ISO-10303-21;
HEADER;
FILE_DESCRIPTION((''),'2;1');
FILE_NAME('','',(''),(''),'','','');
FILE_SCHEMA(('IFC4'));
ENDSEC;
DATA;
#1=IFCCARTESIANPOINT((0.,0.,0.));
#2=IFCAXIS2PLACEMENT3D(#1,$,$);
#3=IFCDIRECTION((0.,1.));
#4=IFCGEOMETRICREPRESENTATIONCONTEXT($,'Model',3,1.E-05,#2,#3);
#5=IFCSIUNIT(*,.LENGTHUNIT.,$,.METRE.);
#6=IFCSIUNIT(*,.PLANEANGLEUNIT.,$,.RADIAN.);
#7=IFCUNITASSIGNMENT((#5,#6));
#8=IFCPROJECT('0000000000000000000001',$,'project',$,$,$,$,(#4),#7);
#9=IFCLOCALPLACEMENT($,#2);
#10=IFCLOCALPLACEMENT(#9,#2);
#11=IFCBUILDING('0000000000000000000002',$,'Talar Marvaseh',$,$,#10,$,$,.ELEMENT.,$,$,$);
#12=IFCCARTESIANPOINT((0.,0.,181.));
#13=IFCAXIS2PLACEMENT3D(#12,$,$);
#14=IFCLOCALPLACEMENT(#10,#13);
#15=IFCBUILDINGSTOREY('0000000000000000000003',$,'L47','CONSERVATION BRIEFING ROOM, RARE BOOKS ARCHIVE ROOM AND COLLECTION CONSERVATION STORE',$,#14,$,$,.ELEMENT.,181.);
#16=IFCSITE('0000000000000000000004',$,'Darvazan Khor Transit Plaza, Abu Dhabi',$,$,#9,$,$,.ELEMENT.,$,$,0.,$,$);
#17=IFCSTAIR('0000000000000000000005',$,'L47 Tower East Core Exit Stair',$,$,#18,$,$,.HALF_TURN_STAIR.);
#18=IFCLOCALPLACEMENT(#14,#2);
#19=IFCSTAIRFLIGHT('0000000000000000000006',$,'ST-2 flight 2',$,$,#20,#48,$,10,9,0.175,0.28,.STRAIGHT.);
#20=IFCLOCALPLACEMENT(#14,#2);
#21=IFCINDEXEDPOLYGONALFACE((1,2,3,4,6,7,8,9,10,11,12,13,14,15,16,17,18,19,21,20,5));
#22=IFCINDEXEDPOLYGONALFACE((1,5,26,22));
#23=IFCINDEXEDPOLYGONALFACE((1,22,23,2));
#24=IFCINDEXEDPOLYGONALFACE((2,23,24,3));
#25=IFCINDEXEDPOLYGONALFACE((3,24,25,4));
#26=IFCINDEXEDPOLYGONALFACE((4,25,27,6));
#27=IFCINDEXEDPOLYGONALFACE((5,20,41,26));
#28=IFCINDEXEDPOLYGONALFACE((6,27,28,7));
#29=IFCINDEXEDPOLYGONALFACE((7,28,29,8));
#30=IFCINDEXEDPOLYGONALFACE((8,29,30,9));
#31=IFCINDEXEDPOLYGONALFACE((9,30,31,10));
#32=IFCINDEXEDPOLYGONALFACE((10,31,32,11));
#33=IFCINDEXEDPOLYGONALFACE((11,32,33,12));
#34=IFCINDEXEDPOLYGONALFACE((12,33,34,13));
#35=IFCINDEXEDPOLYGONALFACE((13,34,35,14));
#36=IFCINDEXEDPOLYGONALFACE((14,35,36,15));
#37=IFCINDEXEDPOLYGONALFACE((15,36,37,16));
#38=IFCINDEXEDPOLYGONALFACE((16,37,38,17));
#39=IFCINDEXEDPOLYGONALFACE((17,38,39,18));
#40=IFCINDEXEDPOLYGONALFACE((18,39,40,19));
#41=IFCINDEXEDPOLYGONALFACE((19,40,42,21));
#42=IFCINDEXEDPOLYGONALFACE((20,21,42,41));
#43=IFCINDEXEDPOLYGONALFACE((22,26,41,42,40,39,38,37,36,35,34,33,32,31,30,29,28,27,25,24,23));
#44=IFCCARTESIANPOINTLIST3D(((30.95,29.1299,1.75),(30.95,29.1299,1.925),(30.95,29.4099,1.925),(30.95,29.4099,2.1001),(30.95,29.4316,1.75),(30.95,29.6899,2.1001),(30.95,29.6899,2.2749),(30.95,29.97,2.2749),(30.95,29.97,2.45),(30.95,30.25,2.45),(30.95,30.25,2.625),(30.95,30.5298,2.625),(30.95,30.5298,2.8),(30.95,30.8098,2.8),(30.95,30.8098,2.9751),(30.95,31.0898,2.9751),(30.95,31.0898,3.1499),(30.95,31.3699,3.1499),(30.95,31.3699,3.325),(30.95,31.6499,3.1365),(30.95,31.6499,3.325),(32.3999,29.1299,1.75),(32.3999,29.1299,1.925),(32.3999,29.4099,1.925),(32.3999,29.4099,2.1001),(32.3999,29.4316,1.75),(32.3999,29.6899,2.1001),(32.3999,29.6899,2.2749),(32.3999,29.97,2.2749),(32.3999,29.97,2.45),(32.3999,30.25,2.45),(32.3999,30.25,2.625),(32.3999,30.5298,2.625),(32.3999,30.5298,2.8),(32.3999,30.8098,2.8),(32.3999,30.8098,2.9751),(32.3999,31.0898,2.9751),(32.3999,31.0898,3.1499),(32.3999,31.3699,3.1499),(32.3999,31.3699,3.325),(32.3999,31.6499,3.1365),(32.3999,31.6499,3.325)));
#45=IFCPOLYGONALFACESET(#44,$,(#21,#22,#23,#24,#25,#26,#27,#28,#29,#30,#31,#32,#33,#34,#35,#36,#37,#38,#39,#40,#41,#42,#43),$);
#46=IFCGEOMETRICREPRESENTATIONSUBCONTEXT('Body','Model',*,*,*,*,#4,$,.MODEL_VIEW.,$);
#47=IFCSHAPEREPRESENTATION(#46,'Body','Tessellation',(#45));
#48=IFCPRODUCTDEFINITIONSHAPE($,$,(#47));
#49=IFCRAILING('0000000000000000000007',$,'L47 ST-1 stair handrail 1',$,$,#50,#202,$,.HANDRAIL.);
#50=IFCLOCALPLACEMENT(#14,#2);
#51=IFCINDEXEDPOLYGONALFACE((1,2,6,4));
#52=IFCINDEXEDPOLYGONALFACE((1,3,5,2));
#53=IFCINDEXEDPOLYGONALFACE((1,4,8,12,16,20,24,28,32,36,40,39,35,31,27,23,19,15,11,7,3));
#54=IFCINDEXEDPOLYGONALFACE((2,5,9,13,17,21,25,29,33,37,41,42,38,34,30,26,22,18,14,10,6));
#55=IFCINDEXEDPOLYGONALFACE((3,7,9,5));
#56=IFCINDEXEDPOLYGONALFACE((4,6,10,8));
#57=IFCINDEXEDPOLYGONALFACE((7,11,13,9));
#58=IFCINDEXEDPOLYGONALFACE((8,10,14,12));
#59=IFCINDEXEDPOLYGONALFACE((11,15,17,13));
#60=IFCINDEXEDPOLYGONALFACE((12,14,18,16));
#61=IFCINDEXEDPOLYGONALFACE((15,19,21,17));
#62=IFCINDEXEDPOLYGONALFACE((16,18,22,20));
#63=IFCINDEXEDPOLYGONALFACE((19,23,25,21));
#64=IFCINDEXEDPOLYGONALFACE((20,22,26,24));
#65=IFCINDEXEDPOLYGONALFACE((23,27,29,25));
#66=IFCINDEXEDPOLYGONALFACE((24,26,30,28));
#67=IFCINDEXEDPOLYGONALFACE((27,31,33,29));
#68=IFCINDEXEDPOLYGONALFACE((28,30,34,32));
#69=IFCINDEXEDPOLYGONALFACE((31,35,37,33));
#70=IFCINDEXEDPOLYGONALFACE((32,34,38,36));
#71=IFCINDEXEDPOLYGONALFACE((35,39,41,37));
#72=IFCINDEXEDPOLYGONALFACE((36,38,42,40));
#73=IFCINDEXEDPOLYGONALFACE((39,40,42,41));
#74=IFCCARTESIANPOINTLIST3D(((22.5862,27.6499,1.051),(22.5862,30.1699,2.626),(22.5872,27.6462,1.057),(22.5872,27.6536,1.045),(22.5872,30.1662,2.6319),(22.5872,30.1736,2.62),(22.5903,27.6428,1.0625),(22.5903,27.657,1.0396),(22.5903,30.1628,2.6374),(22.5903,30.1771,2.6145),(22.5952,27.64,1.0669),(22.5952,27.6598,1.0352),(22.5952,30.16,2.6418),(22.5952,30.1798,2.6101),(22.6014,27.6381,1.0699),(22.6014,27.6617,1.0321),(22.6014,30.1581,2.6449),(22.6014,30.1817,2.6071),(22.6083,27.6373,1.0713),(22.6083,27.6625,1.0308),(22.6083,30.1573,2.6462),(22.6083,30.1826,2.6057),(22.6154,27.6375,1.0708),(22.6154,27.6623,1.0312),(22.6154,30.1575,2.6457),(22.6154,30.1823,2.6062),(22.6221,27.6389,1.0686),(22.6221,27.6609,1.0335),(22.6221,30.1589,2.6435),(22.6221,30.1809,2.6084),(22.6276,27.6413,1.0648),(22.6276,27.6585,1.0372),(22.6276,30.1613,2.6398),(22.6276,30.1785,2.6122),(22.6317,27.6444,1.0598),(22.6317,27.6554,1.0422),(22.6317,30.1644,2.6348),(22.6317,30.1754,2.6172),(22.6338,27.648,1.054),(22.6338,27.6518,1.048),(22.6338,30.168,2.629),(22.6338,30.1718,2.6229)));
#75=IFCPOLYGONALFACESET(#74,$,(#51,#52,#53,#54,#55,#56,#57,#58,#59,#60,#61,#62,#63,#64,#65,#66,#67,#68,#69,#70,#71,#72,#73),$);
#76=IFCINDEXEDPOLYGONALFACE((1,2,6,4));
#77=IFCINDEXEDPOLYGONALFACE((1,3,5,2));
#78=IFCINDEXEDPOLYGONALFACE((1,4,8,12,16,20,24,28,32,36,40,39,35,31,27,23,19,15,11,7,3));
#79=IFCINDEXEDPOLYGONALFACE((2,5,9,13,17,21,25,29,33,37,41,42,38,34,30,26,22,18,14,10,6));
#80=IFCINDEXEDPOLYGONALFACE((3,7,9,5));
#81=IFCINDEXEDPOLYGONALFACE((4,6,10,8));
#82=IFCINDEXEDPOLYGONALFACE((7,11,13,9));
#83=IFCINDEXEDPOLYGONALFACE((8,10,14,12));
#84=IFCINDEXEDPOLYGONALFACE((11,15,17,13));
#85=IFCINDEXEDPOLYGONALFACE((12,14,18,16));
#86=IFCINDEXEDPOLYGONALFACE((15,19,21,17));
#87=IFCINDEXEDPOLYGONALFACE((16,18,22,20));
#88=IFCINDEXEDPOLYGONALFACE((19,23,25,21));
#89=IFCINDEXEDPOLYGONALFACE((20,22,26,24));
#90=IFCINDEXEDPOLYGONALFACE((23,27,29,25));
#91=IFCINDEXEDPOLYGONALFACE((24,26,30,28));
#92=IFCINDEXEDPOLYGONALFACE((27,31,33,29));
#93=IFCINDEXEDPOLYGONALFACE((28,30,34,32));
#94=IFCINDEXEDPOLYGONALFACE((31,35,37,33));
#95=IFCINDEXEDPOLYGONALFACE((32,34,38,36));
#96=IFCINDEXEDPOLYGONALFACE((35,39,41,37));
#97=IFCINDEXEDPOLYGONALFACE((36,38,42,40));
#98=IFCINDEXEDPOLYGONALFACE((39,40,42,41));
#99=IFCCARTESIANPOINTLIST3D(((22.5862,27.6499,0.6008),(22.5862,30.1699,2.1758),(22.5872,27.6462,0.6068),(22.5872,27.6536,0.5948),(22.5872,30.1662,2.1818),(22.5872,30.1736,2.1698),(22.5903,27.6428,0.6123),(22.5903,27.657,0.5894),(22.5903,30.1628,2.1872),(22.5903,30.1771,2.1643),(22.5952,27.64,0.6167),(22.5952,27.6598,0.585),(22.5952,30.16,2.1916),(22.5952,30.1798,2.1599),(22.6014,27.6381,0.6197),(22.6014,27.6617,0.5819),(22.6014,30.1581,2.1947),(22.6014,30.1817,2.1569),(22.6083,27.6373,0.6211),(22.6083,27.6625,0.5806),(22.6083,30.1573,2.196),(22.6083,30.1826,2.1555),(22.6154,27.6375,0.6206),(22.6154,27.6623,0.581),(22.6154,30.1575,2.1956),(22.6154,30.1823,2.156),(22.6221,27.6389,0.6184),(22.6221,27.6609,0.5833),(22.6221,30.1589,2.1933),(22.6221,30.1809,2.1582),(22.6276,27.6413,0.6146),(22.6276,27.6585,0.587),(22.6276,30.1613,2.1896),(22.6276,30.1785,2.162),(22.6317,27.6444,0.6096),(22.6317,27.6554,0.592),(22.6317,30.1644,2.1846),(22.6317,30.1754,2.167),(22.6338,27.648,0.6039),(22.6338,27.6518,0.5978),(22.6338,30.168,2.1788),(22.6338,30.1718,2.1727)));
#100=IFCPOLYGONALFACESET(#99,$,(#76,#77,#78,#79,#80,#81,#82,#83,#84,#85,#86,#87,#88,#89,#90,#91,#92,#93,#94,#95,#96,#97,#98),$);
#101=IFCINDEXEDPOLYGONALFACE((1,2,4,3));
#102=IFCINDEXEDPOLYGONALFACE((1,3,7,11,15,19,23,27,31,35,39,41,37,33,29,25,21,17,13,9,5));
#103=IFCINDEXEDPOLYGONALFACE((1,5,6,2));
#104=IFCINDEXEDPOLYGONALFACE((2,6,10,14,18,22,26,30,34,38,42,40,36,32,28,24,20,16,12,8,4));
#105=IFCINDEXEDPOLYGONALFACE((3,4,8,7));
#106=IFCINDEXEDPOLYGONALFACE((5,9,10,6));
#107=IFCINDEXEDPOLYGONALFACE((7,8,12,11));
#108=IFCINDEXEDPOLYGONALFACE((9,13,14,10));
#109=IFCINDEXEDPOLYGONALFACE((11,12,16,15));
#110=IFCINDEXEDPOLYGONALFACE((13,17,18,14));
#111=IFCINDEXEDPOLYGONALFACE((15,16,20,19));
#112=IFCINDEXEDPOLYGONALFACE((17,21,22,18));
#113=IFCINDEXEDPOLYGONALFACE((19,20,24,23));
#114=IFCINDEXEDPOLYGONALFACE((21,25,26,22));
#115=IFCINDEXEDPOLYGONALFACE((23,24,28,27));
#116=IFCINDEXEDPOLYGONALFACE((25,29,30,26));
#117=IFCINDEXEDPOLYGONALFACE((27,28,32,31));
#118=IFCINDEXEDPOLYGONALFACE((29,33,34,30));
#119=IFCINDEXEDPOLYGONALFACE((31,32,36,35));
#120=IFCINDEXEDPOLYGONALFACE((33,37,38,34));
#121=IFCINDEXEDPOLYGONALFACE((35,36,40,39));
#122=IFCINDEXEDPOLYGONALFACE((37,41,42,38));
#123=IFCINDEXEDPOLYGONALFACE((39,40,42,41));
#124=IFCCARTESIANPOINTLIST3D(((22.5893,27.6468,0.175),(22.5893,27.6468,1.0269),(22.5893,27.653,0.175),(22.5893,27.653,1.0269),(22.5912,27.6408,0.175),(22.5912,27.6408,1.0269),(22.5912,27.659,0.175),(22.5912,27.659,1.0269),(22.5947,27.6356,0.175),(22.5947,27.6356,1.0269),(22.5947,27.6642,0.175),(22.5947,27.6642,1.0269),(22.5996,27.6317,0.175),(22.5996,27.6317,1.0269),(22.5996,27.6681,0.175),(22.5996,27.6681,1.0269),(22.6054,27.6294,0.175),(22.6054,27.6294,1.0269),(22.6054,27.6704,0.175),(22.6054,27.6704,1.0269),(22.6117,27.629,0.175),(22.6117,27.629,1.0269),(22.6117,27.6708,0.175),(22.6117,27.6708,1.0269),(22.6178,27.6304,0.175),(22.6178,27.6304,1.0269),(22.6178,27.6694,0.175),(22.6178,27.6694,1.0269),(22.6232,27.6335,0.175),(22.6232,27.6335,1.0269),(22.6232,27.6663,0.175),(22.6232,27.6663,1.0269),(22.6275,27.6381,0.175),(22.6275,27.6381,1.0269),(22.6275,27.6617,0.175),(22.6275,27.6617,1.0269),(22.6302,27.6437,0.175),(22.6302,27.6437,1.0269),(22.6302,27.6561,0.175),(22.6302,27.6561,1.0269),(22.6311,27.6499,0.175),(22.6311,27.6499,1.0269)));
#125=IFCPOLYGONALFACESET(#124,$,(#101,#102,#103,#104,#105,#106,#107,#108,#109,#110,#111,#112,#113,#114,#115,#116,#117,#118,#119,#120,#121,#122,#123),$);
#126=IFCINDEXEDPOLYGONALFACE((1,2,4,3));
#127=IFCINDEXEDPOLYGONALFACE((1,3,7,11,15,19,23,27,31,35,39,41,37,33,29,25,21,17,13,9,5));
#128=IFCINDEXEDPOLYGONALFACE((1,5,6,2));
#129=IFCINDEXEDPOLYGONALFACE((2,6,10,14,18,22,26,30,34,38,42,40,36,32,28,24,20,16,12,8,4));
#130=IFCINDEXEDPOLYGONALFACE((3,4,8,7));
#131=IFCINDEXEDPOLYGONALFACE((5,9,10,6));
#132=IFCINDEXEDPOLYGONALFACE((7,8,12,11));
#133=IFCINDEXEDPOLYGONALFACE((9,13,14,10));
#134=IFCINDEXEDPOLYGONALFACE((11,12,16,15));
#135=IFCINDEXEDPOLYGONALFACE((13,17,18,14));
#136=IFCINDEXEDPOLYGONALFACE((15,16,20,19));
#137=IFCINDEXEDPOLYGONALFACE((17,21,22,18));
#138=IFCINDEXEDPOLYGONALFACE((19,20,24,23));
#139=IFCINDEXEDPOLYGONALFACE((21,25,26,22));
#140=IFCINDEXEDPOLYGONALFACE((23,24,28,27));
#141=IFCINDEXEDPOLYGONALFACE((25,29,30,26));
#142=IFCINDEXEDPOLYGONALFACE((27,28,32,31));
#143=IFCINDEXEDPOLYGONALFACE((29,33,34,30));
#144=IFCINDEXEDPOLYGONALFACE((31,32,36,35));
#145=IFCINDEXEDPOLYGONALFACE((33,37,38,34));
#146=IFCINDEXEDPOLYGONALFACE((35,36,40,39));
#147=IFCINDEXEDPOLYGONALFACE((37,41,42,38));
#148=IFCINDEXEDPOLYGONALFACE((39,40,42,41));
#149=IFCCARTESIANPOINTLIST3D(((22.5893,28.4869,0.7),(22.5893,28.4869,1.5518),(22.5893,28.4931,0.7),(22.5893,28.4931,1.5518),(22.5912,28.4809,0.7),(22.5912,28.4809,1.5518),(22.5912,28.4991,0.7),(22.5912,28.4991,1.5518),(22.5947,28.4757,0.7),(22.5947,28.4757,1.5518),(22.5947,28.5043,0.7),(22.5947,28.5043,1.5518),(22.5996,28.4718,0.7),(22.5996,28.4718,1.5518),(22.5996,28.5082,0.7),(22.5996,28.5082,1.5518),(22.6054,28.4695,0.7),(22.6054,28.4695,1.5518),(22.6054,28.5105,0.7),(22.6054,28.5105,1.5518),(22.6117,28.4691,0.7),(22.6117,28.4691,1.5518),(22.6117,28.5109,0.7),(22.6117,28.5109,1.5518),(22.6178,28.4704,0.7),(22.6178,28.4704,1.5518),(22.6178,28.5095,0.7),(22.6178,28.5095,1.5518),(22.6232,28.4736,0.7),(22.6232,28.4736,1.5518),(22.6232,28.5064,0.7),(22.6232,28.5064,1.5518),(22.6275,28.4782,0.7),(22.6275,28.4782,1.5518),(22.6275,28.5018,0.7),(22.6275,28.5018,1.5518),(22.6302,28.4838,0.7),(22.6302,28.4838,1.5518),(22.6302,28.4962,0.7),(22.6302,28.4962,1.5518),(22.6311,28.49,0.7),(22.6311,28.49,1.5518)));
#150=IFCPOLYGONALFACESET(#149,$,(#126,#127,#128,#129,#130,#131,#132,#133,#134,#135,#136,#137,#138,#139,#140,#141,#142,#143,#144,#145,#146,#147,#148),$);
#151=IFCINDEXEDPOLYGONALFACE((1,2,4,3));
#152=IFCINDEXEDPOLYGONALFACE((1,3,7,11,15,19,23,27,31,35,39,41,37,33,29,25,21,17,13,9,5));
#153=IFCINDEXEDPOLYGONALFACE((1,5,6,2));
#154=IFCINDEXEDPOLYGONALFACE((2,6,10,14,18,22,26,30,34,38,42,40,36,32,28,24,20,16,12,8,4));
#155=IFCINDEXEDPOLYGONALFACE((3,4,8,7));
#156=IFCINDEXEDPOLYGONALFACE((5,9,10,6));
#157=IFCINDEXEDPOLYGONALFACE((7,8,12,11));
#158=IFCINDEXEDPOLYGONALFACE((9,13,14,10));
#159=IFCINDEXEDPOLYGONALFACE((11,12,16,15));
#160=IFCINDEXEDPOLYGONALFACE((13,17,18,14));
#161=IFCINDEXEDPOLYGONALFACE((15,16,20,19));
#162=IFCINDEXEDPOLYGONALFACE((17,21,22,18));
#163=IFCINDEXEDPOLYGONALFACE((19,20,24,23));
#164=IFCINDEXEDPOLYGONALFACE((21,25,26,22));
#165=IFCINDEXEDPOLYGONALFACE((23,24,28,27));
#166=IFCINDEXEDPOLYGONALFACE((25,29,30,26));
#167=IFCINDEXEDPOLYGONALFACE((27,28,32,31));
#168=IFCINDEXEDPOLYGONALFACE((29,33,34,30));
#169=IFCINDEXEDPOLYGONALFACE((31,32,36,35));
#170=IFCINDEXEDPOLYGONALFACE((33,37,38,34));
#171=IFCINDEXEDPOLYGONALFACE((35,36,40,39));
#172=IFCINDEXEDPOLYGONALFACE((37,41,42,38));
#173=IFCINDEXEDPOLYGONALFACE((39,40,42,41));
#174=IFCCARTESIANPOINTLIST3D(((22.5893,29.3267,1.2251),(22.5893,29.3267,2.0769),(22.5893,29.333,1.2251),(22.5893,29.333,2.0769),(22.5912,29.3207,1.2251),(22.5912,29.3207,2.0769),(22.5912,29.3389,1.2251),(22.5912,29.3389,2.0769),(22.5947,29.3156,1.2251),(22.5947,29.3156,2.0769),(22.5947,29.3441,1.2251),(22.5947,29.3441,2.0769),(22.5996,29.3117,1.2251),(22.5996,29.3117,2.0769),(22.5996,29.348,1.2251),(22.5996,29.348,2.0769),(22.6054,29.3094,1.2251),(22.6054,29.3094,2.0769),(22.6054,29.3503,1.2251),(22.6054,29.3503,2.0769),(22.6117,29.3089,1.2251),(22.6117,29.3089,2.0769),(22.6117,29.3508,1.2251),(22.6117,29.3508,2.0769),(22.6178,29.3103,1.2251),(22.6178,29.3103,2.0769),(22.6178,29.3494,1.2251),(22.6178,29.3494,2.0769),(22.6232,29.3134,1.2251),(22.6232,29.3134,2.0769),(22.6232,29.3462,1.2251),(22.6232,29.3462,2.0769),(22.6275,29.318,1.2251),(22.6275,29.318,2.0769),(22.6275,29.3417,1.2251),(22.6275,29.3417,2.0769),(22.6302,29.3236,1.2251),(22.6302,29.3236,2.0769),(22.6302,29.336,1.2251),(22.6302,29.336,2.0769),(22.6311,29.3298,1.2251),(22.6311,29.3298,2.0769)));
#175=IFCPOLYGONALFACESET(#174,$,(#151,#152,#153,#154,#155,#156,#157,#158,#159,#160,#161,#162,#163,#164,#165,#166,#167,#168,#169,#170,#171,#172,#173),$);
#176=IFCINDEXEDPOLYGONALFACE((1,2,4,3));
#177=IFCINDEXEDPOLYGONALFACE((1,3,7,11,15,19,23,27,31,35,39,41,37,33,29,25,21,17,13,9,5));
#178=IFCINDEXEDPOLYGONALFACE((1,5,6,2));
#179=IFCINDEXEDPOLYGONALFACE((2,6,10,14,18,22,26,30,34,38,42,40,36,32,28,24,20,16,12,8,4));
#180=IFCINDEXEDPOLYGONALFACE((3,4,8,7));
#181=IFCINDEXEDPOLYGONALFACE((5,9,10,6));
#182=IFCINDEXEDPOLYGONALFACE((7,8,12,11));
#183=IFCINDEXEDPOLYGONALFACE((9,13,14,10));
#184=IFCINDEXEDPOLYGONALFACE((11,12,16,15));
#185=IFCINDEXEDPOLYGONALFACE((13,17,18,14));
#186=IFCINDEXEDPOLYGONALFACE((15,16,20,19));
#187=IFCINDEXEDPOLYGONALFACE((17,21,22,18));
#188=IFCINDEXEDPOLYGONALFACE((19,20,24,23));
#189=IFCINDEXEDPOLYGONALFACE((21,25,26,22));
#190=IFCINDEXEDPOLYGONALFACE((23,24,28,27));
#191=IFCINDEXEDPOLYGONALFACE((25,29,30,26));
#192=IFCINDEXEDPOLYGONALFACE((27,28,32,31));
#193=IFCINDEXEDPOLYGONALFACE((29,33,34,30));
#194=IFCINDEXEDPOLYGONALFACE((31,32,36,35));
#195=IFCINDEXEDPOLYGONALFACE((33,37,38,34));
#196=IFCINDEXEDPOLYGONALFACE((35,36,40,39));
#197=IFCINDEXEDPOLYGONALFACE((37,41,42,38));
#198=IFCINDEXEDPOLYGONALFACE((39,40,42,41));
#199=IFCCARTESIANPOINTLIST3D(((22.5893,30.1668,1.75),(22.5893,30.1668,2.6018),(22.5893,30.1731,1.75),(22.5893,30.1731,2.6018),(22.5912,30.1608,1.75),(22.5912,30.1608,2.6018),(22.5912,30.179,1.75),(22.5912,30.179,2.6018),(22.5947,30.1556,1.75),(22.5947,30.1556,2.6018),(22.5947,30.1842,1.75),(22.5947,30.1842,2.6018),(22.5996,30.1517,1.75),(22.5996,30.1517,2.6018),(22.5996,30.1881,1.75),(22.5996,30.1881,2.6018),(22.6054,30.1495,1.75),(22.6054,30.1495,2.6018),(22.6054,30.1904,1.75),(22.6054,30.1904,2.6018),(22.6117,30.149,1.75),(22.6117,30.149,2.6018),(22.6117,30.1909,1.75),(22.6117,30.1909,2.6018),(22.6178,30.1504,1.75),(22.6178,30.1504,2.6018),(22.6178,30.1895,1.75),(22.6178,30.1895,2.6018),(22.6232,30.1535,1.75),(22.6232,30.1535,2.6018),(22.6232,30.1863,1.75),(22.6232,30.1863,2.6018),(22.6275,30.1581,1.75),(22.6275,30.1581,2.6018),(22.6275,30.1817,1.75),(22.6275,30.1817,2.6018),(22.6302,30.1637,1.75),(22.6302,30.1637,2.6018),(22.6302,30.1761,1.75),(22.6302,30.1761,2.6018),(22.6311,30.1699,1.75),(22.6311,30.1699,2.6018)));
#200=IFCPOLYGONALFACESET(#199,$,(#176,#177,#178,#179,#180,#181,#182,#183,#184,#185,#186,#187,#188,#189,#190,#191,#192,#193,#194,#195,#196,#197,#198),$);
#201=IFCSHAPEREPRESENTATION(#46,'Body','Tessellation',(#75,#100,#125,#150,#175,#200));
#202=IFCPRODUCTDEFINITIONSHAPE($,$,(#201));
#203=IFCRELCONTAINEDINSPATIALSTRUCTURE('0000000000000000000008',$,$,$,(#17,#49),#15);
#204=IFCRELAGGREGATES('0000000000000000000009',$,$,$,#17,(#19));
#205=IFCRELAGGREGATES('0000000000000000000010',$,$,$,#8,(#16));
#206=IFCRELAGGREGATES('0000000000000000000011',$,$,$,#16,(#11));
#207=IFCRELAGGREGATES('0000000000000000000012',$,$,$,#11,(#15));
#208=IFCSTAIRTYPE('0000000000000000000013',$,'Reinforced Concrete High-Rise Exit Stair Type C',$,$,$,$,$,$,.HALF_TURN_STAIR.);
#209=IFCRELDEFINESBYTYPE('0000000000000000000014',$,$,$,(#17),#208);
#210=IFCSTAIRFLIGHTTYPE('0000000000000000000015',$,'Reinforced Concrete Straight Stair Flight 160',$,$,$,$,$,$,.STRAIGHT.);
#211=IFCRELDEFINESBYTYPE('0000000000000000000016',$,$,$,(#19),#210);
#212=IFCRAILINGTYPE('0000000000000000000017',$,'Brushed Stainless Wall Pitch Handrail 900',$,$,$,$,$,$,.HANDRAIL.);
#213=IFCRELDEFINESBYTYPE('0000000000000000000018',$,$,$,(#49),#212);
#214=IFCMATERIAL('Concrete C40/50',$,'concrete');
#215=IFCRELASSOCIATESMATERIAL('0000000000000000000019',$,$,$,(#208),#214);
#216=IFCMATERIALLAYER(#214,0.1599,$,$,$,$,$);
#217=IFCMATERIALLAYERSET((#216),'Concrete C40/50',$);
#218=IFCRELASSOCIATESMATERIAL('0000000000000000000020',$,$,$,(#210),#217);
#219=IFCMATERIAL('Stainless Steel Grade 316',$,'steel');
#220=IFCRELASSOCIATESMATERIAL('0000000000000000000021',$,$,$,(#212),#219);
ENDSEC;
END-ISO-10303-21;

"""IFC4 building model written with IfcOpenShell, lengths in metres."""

from ifc_helpers import new_model, si_unit, direction, frame, origin, origin_2d, place, context, subcontext, project, spatial, polyline, circle, outline, extrude, material, layer, layer_set, type_object, element, aggregate, save


model = new_model("IFC4")

# Units and contexts
model_context = context("Model", 3, precision=1e-05, world=origin(), true_north=direction((0.0, 1.0)))
body_context = subcontext(model_context, "Body", "Model", "MODEL_VIEW")
ifc_project = project(units=[si_unit("LENGTHUNIT", "METRE"), si_unit("PLANEANGLEUNIT", "RADIAN")], contexts=[model_context])

# Site, building, storey
site_placement = place(None, origin())
site = spatial("IfcSite", under=ifc_project, at=site_placement, Name="Darvazan Khor Transit Plaza, Abu Dhabi", CompositionType="ELEMENT", RefElevation=0.0)
building_placement = place(site_placement, origin())
building = spatial("IfcBuilding", under=site, at=building_placement, Name="Talar Marvaseh", CompositionType="ELEMENT")
storey_placement = place(building_placement, frame((0.0, 0.0, 181.0)))
storey = spatial("IfcBuildingStorey", under=building, at=storey_placement, Name="L47", Description="CONSERVATION BRIEFING ROOM, RARE BOOKS ARCHIVE ROOM AND COLLECTION CONSERVATION STORE", CompositionType="ELEMENT", Elevation=181.0)

# Shared definitions
ifc_material_1 = material(Name="Concrete C40/50", Category="concrete")

# Shared definitions
ifc_material_2 = material(Name="Stainless Steel Grade 316", Category="steel")

# Stair, stair flight
stair_type = type_object("IfcStairType", Name="Reinforced Concrete High-Rise Exit Stair Type C", PredefinedType="HALF_TURN_STAIR", material=ifc_material_1)
stair_placement = place(storey_placement, origin())
stair = element("IfcStair", 1, at=stair_placement, inside=storey, type_object=stair_type, Name="L47 Tower East Core Exit Stair", PredefinedType="HALF_TURN_STAIR")
ifc_layer_1 = layer(ifc_material_1, 0.1599)
ifc_layer_set_1 = layer_set([ifc_layer_1], Name="Concrete C40/50")
stair_flight_type = type_object("IfcStairFlightType", Name="Reinforced Concrete Straight Stair Flight 160", PredefinedType="STRAIGHT", material=ifc_layer_set_1)
stair_flight_1_placement = place(storey_placement, frame((31.675, 29.1299, 1.75), z_axis=(0.0, 0.0, 1.0), x_axis=(0.0, 1.0, 0.0)))
stair_flight_1 = element("IfcStairFlight", 2, at=stair_flight_1_placement, type_object=stair_flight_type, Name="ST-2 flight 2", NumberOfRisers=10, NumberOfTreads=9, PredefinedType="STRAIGHT", RiserHeight=0.175, TreadLength=0.28, context=body_context, shape_type="SweptSolid", body=[
    extrude(outline(polyline([(0.0, 0.0), (0.0, 0.175), (0.28, 0.175), (0.28, 0.3501), (0.5601, 0.3501), (0.5601, 0.5249), (0.8401, 0.5249), (0.8401, 0.7), (1.1201, 0.7), (1.1201, 0.875), (1.3999, 0.875), (1.3999, 1.05), (1.6799, 1.05), (1.6799, 1.2251), (1.96, 1.2251), (1.96, 1.3999), (2.24, 1.3999), (2.24, 1.575), (2.52, 1.575), (2.52, 1.75), (2.52, 1.3865), (0.3018, 0.0), (0.0, 0.0)])), frame((0.0, 0.7251, 0.0), z_axis=(0.0, -1.0, 0.0), x_axis=(1.0, 0.0, 0.0)), (0.0, 0.0, 1.0), 1.45),
])
aggregate(stair, [stair_flight_1])

# Railing
railing_type_1 = type_object("IfcRailingType", Name="Brushed Stainless Wall Pitch Handrail 900", PredefinedType="HANDRAIL", material=ifc_material_2)
railing_1_placement = place(storey_placement, frame((22.6101, 27.6499, 0.175)))
element("IfcRailing", 3, at=railing_1_placement, inside=storey, type_object=railing_type_1, Name="L47 ST-1 stair handrail 1", PredefinedType="HANDRAIL", context=body_context, shape_type="SweptSolid", body=[
    extrude(circle(Radius=0.0239, at=origin_2d()), frame((0.0, 0.0, 0.876), z_axis=(0.0, 0.848008, 0.529984), x_axis=(-1.0, 0.0, 0.0)), (0.0, 0.0, 1.0), 2.9717),
    extrude(circle(Radius=0.0239, at=origin_2d()), frame((0.0, 0.0, 0.4258), z_axis=(0.0, 0.848008, 0.529984), x_axis=(-1.0, 0.0, 0.0)), (0.0, 0.0, 1.0), 2.9717),
    extrude(circle(Radius=0.021, at=origin_2d()), origin(), (0.0, 0.0, 1.0), 0.8518),
    extrude(circle(Radius=0.021, at=origin_2d()), frame((0.0, 0.8401, 0.5249)), (0.0, 0.0, 1.0), 0.8518),
    extrude(circle(Radius=0.021, at=origin_2d()), frame((0.0, 1.6799, 1.05)), (0.0, 0.0, 1.0), 0.8518),
    extrude(circle(Radius=0.021, at=origin_2d()), frame((0.0, 2.52, 1.575)), (0.0, 0.0, 1.0), 0.8518),
])

save(model, "model.ifc")
